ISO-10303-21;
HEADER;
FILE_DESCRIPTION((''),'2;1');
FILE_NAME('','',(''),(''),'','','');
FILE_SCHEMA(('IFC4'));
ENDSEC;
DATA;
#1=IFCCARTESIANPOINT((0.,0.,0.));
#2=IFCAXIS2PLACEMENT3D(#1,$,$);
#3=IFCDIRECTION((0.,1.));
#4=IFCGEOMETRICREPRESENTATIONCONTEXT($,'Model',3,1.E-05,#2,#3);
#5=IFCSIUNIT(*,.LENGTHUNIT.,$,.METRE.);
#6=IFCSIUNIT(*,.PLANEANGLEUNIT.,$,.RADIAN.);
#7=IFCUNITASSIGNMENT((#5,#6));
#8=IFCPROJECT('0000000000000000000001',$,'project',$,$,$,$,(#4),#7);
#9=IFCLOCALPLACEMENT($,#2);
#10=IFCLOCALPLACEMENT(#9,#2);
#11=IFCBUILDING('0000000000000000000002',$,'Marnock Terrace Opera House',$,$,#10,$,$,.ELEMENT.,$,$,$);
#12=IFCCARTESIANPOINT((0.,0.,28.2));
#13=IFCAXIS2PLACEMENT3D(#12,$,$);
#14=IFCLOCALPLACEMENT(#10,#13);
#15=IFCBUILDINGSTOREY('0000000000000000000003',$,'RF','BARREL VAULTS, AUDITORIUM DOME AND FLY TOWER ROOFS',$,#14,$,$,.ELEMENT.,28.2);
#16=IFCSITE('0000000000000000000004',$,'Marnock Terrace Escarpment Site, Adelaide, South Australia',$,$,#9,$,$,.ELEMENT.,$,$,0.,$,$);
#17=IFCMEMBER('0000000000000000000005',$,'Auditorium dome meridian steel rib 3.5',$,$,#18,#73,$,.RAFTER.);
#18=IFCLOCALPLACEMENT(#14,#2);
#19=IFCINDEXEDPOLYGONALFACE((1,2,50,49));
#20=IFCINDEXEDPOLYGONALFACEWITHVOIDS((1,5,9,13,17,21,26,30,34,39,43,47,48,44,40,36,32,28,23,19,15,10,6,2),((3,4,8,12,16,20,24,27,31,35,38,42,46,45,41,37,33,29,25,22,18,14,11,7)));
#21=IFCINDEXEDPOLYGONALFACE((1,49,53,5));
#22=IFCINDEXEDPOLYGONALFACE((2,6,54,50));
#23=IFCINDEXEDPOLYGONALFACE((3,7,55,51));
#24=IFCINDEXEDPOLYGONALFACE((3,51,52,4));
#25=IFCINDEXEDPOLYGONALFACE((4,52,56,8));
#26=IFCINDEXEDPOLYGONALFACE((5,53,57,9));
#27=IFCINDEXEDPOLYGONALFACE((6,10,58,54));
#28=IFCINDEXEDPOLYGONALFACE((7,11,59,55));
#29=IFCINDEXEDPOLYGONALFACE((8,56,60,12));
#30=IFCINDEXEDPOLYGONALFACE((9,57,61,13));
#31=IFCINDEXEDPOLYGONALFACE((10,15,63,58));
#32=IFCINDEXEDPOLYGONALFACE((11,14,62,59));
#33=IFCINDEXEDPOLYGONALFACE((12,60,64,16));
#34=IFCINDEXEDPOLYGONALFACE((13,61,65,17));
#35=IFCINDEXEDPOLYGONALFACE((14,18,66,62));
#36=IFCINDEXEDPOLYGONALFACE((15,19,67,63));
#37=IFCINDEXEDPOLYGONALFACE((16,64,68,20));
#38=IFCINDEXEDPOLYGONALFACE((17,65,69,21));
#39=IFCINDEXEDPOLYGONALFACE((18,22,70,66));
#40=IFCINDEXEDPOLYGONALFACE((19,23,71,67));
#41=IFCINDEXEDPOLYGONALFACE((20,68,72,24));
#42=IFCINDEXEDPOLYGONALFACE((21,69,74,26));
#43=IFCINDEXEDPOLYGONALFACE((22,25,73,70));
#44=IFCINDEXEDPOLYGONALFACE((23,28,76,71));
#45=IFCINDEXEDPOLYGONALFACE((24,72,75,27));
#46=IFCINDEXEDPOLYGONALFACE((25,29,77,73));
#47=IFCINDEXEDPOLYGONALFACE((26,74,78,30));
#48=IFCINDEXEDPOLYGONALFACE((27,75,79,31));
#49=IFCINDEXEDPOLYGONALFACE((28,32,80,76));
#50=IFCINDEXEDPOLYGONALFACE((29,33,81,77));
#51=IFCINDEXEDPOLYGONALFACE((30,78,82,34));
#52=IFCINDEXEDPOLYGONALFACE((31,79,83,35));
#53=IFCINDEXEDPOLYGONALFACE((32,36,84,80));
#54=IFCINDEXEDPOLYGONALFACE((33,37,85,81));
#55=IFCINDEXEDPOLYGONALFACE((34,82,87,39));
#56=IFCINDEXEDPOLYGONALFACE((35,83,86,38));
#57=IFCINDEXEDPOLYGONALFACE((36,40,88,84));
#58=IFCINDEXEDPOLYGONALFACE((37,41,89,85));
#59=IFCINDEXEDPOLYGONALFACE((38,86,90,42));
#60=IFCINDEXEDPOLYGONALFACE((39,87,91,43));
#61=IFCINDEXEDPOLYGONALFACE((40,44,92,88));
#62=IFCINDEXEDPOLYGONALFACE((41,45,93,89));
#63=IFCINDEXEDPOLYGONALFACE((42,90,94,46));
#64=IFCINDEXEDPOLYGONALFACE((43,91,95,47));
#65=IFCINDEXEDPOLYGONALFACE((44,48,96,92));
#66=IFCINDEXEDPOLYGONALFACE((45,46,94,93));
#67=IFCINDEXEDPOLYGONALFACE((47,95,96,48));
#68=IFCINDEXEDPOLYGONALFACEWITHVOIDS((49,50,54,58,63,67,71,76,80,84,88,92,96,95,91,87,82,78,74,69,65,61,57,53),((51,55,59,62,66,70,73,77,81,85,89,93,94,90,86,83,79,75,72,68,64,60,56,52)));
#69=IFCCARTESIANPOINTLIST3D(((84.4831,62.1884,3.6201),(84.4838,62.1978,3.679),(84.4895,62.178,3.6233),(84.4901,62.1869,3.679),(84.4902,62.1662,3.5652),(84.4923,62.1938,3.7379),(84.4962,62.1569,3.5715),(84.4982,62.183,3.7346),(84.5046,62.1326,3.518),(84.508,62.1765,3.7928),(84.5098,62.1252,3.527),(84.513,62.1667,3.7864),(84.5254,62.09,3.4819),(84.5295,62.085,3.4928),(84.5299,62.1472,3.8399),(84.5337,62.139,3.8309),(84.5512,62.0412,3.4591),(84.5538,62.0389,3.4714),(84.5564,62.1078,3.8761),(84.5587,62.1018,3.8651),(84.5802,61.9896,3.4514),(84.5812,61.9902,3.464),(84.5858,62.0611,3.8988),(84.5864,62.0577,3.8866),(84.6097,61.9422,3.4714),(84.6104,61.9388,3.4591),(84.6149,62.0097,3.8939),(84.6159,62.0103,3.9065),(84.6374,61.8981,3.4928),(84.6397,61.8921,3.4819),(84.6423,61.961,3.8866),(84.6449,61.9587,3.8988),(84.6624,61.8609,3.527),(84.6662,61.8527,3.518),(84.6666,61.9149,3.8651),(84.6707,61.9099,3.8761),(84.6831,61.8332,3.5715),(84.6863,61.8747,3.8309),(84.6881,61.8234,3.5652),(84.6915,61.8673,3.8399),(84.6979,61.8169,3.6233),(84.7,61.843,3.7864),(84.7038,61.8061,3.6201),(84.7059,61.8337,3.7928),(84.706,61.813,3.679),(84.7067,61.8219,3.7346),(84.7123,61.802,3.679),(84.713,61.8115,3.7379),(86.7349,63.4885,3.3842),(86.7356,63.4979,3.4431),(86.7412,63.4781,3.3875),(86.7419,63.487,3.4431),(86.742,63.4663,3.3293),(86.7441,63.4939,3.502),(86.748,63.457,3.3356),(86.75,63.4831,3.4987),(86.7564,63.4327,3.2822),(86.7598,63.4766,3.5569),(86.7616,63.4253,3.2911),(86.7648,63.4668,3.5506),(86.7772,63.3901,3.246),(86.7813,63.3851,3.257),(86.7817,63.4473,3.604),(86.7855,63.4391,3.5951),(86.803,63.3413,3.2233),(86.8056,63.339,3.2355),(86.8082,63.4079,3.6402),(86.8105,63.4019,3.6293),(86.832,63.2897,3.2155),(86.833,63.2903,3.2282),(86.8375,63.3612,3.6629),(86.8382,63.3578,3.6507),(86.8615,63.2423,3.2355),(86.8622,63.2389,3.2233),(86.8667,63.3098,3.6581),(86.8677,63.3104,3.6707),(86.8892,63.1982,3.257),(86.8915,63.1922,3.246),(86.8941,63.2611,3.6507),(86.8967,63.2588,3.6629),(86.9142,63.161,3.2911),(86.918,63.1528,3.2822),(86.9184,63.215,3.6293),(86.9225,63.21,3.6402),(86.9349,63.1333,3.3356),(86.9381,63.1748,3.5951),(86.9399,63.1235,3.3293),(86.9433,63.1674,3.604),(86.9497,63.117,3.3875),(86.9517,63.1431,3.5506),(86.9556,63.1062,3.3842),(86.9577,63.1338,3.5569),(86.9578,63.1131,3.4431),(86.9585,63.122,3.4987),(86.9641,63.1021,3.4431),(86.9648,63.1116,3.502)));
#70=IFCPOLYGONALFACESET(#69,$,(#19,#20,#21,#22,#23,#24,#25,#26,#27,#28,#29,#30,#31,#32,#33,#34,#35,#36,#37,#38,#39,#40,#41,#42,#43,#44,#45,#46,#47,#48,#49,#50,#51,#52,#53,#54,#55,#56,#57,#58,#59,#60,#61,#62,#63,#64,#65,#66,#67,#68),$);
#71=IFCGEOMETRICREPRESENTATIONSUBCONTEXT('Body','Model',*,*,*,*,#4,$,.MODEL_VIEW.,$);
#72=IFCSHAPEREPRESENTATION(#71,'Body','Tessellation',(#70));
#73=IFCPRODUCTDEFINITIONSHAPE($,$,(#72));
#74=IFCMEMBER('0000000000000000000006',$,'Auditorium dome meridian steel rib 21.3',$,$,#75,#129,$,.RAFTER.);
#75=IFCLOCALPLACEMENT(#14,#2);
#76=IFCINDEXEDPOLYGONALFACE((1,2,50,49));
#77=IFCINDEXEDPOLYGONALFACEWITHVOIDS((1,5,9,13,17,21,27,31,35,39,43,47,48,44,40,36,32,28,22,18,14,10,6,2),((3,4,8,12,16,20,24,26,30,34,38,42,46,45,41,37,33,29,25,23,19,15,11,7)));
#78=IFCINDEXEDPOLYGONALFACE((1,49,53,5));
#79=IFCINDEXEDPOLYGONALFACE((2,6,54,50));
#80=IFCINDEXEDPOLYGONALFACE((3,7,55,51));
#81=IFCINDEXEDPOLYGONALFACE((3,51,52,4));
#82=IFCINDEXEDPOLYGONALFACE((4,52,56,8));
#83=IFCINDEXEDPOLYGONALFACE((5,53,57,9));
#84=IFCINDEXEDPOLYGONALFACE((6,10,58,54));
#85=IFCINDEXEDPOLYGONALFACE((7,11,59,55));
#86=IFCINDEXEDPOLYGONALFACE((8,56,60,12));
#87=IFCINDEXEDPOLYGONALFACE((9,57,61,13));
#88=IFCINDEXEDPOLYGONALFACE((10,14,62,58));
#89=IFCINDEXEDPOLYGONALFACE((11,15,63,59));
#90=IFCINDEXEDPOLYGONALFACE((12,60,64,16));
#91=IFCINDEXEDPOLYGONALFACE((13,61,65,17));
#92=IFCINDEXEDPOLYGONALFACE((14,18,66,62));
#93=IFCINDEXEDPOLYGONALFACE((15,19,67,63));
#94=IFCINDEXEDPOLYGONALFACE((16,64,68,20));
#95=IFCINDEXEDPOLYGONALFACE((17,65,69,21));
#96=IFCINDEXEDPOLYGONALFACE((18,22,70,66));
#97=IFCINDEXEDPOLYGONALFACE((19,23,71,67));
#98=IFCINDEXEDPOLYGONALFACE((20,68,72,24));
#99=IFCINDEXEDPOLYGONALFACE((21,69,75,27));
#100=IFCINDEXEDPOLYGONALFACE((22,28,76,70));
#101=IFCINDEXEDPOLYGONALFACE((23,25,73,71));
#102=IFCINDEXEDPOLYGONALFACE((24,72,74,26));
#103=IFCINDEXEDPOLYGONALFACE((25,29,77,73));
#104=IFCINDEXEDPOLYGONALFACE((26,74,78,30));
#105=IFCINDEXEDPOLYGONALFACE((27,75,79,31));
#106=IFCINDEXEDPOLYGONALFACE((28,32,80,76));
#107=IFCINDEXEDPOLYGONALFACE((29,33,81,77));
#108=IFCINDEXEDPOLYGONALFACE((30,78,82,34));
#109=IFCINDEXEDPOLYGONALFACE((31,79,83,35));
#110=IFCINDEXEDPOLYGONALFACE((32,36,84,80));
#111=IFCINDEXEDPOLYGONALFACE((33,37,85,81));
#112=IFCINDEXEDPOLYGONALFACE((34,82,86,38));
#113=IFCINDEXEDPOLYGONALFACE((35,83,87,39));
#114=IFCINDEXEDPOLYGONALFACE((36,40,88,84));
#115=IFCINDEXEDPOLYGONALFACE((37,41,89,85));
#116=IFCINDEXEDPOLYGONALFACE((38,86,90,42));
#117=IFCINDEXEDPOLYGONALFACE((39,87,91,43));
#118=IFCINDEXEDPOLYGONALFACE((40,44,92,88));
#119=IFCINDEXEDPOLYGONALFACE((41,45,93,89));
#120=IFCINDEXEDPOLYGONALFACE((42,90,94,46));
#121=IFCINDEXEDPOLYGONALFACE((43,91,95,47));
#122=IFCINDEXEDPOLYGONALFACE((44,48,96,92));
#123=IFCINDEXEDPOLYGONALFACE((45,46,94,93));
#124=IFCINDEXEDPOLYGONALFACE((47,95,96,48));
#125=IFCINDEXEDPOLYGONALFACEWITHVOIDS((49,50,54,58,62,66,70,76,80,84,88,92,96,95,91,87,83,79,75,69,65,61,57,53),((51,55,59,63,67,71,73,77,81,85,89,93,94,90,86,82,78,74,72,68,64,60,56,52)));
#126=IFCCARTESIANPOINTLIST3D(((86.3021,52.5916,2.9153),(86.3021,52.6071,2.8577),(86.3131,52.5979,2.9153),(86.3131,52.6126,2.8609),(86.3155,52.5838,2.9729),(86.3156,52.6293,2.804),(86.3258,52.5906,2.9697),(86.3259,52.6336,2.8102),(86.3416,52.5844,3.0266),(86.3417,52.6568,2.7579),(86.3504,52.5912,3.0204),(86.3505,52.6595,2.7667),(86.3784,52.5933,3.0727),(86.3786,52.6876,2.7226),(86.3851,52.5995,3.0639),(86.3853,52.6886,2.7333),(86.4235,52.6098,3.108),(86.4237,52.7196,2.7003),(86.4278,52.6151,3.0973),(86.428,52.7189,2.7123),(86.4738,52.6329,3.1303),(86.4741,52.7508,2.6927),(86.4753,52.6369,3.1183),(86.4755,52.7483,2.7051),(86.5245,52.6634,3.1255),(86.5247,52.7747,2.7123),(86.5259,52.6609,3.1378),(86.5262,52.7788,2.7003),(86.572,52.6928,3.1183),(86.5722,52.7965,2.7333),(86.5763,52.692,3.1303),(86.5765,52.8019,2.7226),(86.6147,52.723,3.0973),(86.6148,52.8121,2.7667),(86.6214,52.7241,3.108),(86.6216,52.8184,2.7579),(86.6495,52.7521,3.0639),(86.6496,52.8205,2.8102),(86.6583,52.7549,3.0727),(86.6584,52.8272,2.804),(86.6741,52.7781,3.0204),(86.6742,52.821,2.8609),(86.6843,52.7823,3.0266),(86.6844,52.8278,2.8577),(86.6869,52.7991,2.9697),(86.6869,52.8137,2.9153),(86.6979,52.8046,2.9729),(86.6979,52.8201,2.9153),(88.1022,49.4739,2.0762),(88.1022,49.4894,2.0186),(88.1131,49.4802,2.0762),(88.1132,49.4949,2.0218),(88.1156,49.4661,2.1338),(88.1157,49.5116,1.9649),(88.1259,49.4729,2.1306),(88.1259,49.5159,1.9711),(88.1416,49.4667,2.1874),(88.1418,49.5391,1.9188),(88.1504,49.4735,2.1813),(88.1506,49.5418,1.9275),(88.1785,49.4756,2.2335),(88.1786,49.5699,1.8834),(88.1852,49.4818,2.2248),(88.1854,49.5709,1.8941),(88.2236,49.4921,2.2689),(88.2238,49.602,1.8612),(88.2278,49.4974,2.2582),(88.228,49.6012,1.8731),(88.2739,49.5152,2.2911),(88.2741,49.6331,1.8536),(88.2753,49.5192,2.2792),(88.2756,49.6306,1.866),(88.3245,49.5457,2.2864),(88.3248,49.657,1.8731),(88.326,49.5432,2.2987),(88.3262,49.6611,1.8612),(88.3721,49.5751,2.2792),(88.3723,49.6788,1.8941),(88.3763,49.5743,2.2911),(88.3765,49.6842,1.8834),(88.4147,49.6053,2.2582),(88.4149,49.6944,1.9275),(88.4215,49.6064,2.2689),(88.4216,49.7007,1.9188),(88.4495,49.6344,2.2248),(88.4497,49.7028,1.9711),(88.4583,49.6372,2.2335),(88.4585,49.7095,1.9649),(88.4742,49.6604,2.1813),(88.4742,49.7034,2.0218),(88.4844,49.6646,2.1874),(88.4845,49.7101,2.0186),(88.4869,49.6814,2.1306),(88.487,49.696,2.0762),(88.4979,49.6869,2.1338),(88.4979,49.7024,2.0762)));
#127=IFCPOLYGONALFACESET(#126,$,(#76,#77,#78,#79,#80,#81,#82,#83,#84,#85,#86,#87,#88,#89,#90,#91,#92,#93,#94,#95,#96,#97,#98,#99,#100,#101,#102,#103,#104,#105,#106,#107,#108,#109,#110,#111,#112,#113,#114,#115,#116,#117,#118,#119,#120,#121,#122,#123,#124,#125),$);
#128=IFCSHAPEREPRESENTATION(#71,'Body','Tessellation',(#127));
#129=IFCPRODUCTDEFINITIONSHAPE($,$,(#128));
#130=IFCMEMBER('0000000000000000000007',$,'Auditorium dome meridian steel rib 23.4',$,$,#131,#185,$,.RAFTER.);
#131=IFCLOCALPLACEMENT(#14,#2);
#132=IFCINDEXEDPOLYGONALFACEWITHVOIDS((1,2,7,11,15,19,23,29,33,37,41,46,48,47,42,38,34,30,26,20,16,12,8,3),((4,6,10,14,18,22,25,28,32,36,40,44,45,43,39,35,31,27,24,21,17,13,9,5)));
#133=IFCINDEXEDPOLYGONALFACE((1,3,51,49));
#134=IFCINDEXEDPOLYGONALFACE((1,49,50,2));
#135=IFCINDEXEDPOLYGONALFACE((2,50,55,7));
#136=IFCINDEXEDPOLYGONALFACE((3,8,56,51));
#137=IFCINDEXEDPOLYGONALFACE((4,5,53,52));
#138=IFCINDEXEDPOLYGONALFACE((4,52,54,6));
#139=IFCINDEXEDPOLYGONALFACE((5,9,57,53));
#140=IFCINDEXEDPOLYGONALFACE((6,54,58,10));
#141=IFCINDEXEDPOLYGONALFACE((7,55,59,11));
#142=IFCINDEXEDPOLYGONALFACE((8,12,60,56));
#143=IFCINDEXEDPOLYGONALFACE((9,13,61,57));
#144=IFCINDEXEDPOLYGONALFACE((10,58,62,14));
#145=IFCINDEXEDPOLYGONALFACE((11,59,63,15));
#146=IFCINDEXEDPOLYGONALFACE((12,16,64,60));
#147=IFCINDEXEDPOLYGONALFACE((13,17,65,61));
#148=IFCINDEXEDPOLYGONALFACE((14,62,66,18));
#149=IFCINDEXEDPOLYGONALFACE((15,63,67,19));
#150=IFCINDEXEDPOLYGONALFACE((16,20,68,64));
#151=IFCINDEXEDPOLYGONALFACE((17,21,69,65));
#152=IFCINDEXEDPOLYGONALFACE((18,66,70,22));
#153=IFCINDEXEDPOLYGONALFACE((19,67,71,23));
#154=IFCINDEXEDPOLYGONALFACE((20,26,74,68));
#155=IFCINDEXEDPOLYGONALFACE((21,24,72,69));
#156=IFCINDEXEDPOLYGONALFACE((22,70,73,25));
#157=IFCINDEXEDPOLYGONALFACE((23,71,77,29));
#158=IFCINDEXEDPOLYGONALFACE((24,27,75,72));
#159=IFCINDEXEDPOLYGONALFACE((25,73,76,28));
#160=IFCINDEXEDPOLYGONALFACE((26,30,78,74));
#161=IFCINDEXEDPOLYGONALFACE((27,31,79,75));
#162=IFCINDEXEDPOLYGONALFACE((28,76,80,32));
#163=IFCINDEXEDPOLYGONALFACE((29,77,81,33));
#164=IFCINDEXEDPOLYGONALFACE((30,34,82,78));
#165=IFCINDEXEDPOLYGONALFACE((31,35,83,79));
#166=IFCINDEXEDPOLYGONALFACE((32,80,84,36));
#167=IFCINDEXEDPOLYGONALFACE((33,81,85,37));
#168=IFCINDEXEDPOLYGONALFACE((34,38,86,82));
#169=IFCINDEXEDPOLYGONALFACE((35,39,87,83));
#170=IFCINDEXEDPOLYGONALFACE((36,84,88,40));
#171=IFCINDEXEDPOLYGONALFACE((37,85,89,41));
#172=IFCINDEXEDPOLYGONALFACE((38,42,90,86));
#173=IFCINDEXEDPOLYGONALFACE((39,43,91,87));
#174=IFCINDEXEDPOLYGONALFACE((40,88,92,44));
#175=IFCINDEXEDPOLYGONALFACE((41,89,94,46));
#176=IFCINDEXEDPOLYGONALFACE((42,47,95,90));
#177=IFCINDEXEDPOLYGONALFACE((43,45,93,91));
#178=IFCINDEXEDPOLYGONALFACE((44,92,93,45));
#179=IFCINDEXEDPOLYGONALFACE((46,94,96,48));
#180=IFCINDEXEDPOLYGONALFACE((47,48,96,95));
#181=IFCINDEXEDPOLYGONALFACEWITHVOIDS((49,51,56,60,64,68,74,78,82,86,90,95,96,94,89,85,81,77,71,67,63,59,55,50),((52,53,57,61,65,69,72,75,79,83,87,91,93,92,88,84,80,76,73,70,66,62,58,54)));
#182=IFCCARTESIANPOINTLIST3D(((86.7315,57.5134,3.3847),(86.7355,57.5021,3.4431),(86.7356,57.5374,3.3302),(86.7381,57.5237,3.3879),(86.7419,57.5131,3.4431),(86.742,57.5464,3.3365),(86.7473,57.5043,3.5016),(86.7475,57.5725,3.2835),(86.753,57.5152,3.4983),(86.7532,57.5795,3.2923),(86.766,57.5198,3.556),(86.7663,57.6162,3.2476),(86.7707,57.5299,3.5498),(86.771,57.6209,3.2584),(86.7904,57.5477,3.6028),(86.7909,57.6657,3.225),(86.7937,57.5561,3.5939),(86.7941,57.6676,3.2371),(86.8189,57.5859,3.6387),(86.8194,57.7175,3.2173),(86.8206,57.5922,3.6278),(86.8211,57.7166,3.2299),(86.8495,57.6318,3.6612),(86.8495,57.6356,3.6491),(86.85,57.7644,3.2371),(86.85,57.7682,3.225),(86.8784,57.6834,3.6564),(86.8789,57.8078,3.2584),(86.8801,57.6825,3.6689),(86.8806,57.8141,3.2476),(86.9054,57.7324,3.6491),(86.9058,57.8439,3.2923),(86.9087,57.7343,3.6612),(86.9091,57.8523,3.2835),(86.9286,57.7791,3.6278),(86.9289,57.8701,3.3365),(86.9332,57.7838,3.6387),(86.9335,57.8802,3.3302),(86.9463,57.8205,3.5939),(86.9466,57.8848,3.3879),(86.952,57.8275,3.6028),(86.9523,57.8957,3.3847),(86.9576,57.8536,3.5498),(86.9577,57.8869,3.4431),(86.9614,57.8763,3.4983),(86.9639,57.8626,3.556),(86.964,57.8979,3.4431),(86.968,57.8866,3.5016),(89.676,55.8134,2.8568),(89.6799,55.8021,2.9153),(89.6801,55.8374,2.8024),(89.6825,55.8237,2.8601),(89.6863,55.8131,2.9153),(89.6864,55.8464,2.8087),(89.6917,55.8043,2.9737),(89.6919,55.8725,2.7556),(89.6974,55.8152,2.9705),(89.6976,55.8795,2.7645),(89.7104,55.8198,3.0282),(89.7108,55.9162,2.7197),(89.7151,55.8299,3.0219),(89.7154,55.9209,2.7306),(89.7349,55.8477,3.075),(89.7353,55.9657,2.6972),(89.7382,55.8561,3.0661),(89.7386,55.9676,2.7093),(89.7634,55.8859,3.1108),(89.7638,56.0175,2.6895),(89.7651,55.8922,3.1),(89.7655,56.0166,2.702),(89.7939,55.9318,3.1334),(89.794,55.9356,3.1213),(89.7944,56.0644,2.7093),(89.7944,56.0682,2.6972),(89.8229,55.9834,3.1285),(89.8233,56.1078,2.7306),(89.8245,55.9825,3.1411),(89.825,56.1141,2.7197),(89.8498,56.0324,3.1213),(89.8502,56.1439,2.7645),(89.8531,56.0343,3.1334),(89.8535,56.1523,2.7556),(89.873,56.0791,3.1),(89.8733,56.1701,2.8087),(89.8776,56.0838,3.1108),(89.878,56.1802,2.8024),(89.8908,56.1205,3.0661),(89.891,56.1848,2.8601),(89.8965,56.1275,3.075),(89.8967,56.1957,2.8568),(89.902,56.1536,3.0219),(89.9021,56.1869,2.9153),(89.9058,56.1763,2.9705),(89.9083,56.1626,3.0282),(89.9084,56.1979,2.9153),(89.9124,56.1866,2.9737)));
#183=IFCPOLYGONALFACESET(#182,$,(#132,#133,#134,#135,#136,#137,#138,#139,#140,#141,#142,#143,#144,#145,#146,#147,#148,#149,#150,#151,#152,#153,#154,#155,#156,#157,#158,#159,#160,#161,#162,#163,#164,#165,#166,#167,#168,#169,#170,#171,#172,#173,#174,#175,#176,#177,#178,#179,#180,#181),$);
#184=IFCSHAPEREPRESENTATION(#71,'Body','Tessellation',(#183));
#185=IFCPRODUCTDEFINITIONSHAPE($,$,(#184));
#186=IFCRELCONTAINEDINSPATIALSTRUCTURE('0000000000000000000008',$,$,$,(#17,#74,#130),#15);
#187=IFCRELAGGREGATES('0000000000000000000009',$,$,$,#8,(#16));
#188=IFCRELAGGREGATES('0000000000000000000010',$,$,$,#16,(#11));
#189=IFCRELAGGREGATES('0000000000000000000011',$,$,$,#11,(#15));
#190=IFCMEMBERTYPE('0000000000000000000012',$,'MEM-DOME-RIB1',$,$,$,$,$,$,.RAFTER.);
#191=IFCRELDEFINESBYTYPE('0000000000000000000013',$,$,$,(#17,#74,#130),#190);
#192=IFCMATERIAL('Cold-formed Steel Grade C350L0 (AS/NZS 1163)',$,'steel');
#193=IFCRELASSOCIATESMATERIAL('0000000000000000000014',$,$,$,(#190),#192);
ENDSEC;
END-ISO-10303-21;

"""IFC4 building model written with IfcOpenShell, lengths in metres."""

from ifc_helpers import new_model, si_unit, direction, frame, origin, origin_2d, place, context, subcontext, project, spatial, hollow_circle, extrude, material, material_profile, profile_set, type_object, element, save


model = new_model("IFC4")

# Units and contexts
model_context = context("Model", 3, precision=1e-05, world=origin(), true_north=direction((0.0, 1.0)))
body_context = subcontext(model_context, "Body", "Model", "MODEL_VIEW")
ifc_project = project(units=[si_unit("LENGTHUNIT", "METRE"), si_unit("PLANEANGLEUNIT", "RADIAN")], contexts=[model_context])

# Site, building, storey
site_placement = place(None, origin())
site = spatial("IfcSite", under=ifc_project, at=site_placement, Name="Marnock Terrace Escarpment Site, Adelaide, South Australia", CompositionType="ELEMENT", RefElevation=0.0)
building_placement = place(site_placement, origin())
building = spatial("IfcBuilding", under=site, at=building_placement, Name="Marnock Terrace Opera House", CompositionType="ELEMENT")
storey_placement = place(building_placement, frame((0.0, 0.0, 28.2)))
storey = spatial("IfcBuildingStorey", under=building, at=storey_placement, Name="RF", Description="BARREL VAULTS, AUDITORIUM DOME AND FLY TOWER ROOFS", CompositionType="ELEMENT", Elevation=28.2)

# Members
ifc_material_1 = material(Name="Cold-formed Steel Grade C350L0 (AS/NZS 1163)", Category="steel")
ifc_material_profile_1 = material_profile(ifc_material_1, hollow_circle(Radius=0.2285, WallThickness=0.0127, at=origin_2d()))
ifc_profile_set_1 = profile_set([ifc_material_profile_1], Name="Cold-formed Steel Grade C350L0 (AS/NZS 1163)")
member_type_1 = type_object("IfcMemberType", Name="MEM-DOME-RIB1", PredefinedType="RAFTER", material=ifc_profile_set_1)
for number, where, z_axis, x_axis, name in (
    (1, (86.8499, 63.3, 3.4431), (-0.862481, -0.497963, 0.090335), (0.500007, -0.866021, 0.0), "Auditorium dome meridian steel rib 3.5"),
):
    element("IfcMember", number, at=place(storey_placement, frame(where, z_axis=z_axis, x_axis=x_axis)), inside=storey, type_object=member_type_1, Name=name, PredefinedType="RAFTER", context=body_context, shape_type="SweptSolid", body=[
        extrude(hollow_circle(Radius=0.2285, WallThickness=0.0127, at=origin_2d()), origin(), (0.0, 0.0, 1.0), 2.6108),
    ])
member_1_placement = place(storey_placement, frame((88.3, 49.5881, 2.0762), z_axis=(-0.486959, 0.843411, 0.227001), x_axis=(-0.866018, -0.500012, 0.0)))
element("IfcMember", 2, at=member_1_placement, inside=storey, type_object=member_type_1, Name="Auditorium dome meridian steel rib 21.3", PredefinedType="RAFTER", context=body_context, shape_type="SweptSolid", body=[
    extrude(hollow_circle(Radius=0.2285, WallThickness=0.0127, at=origin_2d()), origin(), (0.0, 0.0, 1.0), 3.6965),
])
member_2_placement = place(storey_placement, frame((89.7942, 56.0, 2.9153), z_axis=(-0.855769, 0.494089, 0.153414), x_axis=(-0.500008, -0.866021, 0.0)))
element("IfcMember", 3, at=member_2_placement, inside=storey, type_object=member_type_1, Name="Auditorium dome meridian steel rib 23.4", PredefinedType="RAFTER", context=body_context, shape_type="SweptSolid", body=[
    extrude(hollow_circle(Radius=0.2285, WallThickness=0.0127, at=origin_2d()), origin(), (0.0, 0.0, 1.0), 3.4407),
])

save(model, "model.ifc")
